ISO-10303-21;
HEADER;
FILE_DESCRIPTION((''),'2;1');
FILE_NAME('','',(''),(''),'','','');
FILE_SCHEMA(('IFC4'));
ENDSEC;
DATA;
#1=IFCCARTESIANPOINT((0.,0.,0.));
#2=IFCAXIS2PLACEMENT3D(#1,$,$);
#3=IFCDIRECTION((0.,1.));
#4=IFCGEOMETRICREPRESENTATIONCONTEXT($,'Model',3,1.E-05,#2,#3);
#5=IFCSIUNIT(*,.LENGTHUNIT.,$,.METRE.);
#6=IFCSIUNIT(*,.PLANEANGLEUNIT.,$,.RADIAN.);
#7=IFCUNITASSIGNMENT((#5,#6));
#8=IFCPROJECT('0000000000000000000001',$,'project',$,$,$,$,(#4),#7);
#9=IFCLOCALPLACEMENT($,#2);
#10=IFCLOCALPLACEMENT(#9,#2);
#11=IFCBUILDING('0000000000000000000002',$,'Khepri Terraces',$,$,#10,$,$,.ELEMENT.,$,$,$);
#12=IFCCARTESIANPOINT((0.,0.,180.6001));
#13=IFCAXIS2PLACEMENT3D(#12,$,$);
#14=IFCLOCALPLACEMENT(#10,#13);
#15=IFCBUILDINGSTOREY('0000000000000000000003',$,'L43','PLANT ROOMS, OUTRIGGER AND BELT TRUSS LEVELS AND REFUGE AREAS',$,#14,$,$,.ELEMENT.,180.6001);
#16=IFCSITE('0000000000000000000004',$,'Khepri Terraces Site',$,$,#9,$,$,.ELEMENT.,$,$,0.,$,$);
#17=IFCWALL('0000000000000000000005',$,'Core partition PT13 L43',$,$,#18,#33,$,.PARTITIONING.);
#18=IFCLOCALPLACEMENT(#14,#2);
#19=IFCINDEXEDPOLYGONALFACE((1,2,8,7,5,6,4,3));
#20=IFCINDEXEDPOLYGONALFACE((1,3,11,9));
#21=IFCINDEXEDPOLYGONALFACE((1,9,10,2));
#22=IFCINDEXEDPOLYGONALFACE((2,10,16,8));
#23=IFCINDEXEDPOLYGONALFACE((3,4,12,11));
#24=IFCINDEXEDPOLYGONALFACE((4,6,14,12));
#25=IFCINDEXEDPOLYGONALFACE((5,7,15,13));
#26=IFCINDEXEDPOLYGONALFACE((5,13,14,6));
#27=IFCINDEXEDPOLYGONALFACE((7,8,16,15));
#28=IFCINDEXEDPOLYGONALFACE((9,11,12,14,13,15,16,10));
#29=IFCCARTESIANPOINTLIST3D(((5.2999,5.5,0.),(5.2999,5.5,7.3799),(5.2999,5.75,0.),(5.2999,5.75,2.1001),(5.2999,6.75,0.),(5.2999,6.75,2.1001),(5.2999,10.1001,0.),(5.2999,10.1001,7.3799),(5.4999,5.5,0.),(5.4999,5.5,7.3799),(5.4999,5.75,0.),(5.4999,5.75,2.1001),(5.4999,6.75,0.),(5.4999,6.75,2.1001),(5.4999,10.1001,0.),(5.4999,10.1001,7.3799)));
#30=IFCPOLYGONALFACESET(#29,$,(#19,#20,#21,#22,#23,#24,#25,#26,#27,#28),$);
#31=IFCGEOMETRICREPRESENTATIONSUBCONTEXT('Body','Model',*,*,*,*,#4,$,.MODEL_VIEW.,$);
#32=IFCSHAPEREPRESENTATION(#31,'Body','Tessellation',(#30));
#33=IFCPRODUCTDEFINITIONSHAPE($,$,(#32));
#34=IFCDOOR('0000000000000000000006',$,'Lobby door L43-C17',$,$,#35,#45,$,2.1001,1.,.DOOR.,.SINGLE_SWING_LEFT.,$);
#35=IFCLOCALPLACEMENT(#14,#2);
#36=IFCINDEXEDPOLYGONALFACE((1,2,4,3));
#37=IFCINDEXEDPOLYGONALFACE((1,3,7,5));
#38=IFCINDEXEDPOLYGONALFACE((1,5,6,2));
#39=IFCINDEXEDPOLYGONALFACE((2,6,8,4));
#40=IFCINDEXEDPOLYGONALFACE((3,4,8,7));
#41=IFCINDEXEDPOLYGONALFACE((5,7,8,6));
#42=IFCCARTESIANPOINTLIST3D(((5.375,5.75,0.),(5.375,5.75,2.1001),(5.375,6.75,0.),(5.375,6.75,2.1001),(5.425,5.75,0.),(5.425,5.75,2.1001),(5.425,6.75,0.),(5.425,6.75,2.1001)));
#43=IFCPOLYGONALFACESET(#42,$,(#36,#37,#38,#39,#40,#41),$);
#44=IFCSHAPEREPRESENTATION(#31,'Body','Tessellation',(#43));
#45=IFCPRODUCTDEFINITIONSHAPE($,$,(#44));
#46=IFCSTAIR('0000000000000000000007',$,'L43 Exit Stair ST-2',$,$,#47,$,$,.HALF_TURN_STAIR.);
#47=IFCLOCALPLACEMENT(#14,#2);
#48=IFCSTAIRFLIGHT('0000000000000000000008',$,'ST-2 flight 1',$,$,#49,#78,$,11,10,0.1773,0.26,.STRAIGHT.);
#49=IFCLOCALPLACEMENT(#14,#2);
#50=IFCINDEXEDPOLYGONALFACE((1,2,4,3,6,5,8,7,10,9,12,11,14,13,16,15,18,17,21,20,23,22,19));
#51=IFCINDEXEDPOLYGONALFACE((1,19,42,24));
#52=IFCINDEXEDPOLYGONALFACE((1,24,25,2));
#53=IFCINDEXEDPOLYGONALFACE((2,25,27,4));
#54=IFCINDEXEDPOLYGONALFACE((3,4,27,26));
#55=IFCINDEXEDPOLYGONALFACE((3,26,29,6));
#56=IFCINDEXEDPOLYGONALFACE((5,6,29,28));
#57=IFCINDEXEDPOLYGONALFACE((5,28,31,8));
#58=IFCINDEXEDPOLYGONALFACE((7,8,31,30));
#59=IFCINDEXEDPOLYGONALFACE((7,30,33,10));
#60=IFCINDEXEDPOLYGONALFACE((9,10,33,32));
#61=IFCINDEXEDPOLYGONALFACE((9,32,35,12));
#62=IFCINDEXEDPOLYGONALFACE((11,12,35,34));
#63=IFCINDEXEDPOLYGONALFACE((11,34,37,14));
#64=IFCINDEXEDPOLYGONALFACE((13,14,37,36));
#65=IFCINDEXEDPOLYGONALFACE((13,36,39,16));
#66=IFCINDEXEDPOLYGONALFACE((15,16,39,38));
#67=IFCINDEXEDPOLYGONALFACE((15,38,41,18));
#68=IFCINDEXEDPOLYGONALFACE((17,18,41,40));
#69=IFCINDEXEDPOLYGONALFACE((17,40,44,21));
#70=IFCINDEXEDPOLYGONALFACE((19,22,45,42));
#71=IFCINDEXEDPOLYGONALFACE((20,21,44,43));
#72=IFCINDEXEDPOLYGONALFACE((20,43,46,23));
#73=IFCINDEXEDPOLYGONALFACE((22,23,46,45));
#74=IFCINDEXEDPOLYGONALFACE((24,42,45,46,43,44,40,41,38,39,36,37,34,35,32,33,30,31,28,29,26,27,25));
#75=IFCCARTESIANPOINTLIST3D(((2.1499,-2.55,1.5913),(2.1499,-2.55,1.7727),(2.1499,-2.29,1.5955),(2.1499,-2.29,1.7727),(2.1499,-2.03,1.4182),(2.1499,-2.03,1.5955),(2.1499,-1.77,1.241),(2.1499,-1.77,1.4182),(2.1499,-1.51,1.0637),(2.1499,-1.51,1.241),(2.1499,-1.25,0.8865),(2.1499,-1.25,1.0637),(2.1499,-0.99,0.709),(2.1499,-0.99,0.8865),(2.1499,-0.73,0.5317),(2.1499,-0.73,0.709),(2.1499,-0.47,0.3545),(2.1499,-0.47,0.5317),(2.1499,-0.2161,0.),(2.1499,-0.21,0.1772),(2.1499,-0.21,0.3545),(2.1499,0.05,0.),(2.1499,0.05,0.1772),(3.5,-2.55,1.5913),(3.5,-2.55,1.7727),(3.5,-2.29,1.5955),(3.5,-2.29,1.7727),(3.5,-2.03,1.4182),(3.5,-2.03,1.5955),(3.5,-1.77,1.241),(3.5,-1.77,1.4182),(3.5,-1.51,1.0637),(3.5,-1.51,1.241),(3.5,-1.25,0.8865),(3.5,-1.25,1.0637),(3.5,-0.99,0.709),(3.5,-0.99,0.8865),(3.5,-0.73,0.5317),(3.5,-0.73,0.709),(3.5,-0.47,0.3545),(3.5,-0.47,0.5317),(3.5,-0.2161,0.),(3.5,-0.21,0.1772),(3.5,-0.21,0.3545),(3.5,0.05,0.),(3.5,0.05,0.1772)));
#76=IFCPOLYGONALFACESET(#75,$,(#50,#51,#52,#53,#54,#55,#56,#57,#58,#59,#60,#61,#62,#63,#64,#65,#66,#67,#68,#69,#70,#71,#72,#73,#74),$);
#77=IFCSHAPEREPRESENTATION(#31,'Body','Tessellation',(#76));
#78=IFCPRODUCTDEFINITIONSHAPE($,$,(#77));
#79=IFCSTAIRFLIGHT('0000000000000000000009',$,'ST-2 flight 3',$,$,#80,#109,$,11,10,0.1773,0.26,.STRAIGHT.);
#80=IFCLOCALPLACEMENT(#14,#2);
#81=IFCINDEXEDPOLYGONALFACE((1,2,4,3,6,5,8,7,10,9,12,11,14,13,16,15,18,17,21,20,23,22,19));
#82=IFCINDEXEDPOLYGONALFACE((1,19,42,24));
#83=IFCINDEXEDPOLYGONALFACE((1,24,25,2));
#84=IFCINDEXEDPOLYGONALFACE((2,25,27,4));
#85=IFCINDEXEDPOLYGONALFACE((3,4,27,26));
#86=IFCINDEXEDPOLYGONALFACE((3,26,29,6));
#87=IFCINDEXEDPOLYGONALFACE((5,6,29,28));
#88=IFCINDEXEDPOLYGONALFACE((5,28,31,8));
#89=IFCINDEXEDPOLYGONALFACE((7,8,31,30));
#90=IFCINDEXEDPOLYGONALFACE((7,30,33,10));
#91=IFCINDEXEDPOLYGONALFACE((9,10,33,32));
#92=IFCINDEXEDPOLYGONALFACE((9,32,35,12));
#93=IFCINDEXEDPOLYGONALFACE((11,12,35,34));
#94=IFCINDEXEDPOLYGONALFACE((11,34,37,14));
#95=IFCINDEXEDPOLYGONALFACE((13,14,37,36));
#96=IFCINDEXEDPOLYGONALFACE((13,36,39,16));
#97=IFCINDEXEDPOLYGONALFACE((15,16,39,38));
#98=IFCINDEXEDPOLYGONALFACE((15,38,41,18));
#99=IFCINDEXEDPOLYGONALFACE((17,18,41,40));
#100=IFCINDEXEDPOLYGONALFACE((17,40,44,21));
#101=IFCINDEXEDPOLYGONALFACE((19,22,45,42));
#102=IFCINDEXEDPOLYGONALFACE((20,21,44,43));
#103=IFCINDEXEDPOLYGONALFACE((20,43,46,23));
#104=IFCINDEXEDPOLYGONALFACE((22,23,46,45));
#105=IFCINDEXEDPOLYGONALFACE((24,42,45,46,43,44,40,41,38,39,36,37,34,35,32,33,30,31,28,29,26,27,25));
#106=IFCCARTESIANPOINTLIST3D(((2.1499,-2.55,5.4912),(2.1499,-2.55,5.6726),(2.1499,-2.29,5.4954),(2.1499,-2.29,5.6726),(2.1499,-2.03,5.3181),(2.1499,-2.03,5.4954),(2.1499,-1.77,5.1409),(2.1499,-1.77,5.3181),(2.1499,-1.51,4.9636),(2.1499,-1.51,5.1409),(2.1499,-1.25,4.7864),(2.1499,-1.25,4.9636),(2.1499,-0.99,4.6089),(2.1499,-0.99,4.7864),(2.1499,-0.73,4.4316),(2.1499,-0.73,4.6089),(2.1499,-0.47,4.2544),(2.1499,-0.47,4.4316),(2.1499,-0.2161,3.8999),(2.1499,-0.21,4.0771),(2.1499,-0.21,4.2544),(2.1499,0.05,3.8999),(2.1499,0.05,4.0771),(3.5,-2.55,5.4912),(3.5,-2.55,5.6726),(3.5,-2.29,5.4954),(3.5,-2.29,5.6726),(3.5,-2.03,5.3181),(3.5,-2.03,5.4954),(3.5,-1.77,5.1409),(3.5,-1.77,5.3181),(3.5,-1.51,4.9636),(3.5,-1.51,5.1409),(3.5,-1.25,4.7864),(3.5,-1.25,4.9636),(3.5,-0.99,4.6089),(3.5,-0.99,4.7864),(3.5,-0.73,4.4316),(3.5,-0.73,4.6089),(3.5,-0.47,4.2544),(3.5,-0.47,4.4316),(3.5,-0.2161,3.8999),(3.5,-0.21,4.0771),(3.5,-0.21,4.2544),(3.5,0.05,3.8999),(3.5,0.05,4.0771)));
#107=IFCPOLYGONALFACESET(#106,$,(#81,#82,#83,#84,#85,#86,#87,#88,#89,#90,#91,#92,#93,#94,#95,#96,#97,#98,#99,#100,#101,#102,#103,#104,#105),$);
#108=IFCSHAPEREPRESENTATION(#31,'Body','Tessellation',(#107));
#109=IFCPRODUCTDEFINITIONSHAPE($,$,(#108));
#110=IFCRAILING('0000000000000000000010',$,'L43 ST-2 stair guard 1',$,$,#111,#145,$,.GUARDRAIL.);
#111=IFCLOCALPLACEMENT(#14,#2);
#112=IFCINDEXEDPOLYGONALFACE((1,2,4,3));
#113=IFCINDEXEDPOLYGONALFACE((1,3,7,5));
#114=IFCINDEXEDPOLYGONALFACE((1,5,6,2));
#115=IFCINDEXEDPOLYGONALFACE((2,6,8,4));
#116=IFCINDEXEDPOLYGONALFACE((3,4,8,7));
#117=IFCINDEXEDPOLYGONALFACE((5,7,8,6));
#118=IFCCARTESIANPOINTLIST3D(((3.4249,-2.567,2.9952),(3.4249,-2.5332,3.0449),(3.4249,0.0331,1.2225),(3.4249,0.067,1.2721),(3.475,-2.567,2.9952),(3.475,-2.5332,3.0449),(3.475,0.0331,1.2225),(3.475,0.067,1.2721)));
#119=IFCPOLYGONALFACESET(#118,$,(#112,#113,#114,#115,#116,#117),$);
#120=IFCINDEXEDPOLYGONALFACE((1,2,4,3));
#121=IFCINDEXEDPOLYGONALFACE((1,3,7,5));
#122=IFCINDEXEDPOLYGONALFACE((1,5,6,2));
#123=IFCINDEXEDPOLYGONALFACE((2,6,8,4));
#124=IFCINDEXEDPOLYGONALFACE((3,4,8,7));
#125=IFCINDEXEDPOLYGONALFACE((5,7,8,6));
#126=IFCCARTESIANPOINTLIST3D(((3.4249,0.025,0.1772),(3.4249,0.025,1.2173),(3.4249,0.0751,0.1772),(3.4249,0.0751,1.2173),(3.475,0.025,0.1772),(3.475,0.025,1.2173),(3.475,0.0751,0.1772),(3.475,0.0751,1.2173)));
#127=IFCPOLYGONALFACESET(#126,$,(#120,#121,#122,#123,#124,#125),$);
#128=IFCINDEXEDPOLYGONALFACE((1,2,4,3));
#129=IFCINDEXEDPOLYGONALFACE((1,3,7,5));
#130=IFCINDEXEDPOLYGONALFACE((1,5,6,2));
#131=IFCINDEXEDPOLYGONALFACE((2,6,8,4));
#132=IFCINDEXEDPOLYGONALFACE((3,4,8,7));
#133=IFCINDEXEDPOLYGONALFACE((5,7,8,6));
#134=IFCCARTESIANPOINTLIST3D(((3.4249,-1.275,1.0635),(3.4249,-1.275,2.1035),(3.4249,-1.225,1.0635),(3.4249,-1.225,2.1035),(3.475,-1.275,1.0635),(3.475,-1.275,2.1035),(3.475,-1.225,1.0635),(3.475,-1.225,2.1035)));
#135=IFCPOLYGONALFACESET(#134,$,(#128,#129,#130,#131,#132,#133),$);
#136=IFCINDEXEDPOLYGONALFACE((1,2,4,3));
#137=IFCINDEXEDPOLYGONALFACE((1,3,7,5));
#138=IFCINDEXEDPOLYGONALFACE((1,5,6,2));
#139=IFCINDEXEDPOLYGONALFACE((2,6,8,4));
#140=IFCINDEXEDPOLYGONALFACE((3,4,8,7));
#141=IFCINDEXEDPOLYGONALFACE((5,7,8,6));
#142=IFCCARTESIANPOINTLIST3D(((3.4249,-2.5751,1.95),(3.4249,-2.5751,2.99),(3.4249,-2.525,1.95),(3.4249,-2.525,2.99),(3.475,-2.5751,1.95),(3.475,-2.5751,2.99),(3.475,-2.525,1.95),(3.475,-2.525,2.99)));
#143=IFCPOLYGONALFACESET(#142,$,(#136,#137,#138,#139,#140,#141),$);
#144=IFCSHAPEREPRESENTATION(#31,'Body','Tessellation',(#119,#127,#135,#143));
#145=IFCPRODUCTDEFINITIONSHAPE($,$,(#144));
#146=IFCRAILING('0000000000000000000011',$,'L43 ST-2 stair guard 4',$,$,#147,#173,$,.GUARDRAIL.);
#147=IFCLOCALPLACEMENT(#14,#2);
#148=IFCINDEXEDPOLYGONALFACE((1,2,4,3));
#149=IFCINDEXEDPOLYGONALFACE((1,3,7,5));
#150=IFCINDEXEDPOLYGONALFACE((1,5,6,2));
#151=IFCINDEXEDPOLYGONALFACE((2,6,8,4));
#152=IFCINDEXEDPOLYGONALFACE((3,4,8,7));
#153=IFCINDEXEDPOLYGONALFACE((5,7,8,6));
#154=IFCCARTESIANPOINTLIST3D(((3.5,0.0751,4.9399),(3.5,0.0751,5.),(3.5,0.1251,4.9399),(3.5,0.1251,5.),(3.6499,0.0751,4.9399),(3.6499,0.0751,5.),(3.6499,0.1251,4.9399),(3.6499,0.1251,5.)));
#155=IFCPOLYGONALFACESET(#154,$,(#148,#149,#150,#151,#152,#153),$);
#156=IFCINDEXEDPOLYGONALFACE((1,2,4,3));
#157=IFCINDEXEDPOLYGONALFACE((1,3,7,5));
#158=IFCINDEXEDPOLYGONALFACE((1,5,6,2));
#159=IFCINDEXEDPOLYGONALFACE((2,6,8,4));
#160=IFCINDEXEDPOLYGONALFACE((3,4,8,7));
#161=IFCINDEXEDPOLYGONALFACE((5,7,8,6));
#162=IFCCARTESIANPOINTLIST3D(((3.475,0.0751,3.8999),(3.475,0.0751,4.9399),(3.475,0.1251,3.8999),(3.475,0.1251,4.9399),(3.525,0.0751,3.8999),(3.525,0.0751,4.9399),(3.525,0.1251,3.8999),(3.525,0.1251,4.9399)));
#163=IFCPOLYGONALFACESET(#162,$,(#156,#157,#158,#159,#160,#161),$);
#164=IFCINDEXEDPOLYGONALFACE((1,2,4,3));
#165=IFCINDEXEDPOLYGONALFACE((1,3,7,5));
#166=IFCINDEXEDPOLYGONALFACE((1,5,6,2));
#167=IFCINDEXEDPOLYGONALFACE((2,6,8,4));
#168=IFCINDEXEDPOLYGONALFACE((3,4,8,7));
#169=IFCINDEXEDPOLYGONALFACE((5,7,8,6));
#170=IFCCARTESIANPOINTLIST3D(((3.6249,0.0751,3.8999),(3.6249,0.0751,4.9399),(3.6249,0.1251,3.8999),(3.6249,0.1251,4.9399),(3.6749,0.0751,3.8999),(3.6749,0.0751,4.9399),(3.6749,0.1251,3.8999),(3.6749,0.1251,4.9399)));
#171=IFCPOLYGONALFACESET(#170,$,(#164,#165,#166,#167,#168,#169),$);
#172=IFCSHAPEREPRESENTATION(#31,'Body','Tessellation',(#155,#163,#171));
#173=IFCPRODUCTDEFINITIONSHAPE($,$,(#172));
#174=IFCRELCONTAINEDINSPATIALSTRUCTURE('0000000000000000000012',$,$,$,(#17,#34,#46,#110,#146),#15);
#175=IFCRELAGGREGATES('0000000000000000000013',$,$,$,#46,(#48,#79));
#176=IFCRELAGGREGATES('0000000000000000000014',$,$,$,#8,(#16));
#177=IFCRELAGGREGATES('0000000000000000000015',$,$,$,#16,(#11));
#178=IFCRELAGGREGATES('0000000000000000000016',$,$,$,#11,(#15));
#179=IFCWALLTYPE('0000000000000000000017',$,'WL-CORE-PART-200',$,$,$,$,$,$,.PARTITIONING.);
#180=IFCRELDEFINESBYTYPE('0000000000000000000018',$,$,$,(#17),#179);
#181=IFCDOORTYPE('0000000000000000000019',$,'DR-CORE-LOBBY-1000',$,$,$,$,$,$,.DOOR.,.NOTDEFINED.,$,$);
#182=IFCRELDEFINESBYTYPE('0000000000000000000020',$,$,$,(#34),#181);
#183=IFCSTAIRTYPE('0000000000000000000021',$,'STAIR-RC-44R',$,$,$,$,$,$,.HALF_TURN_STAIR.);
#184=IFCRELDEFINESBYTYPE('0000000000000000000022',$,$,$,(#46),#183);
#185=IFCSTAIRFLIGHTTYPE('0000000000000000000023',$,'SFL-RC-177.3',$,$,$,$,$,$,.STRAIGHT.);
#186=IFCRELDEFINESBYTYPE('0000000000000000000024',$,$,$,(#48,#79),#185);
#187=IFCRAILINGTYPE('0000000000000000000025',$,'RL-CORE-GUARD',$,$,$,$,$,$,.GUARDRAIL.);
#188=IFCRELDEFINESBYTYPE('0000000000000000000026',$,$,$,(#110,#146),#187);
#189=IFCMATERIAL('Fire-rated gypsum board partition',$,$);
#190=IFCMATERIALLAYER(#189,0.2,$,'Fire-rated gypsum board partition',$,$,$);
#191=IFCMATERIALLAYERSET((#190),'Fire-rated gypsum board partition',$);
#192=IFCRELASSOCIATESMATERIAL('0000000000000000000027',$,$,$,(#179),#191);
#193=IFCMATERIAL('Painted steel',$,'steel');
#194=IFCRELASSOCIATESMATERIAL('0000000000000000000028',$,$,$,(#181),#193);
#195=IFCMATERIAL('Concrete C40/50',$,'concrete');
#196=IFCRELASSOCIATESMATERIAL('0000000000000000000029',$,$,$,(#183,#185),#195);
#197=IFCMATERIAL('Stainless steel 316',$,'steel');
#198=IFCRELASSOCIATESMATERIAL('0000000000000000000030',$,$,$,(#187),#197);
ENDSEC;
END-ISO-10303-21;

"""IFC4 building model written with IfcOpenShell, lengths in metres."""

from ifc_helpers import new_model, si_unit, direction, frame, frame_2d, origin, origin_2d, place, context, subcontext, project, spatial, polyline, rectangle, outline, extrude, material, layer, layer_set, type_object, element, fill, aggregate, save


model = new_model("IFC4")

# Units and contexts
model_context = context("Model", 3, precision=1e-05, world=origin(), true_north=direction((0.0, 1.0)))
body_context = subcontext(model_context, "Body", "Model", "MODEL_VIEW")
ifc_project = project(units=[si_unit("LENGTHUNIT", "METRE"), si_unit("PLANEANGLEUNIT", "RADIAN")], contexts=[model_context])

# Site, building, storey
site_placement = place(None, origin())
site = spatial("IfcSite", under=ifc_project, at=site_placement, Name="Khepri Terraces Site", CompositionType="ELEMENT", RefElevation=0.0)
building_placement = place(site_placement, origin())
building = spatial("IfcBuilding", under=site, at=building_placement, Name="Khepri Terraces", CompositionType="ELEMENT")
storey_placement = place(building_placement, frame((0.0, 0.0, 180.6001)))
storey = spatial("IfcBuildingStorey", under=building, at=storey_placement, Name="L43", Description="PLANT ROOMS, OUTRIGGER AND BELT TRUSS LEVELS AND REFUGE AREAS", CompositionType="ELEMENT", Elevation=180.6001)

# Shared definitions
ifc_material_1 = material(Name="Painted steel", Category="steel")

# Wall, opening, door
ifc_material_2 = material(Name="Fire-rated gypsum board partition")
ifc_layer_1 = layer(ifc_material_2, 0.2, Name="Fire-rated gypsum board partition")
ifc_layer_set_1 = layer_set([ifc_layer_1], Name="Fire-rated gypsum board partition")
wall_type_1 = type_object("IfcWallType", Name="WL-CORE-PART-200", PredefinedType="PARTITIONING", material=ifc_layer_set_1)
wall_1_placement = place(storey_placement, frame((5.3999, 5.5, 0.0), z_axis=(0.0, 0.0, 1.0), x_axis=(0.0, 1.0, 0.0)))
wall_1 = element("IfcWall", 1, at=wall_1_placement, inside=storey, type_object=wall_type_1, Name="Core partition PT13 L43", PredefinedType="PARTITIONING", context=body_context, shape_type="SweptSolid", body=[
    extrude(rectangle(XDim=4.6001, YDim=0.2, at=frame_2d((2.3, 0.0))), origin(), (0.0, 0.0, 1.0), 7.3799),
])
opening_1_placement = place(wall_1_placement, frame((0.25, 0.0, 0.0)))
opening_1 = element("IfcOpeningElement", 2, at=opening_1_placement, cuts=wall_1, PredefinedType="OPENING", context=body_context, shape_type="SweptSolid", body=[
    extrude(rectangle(XDim=1.0, YDim=2.1001, at=frame_2d((0.5, 1.05))), frame((0.0, 0.1099, 0.0), z_axis=(0.0, -1.0, 0.0), x_axis=(1.0, 0.0, 0.0)), (0.0, 0.0, 1.0), 0.22),
])
door_type_1 = type_object("IfcDoorType", Name="DR-CORE-LOBBY-1000", OperationType="NOTDEFINED", PredefinedType="DOOR", material=ifc_material_1)
door_1_placement = place(opening_1_placement, origin())
door_1 = element("IfcDoor", 3, at=door_1_placement, inside=storey, type_object=door_type_1, Name="Lobby door L43-C17", OperationType="SINGLE_SWING_LEFT", OverallHeight=2.1001, OverallWidth=1.0, PredefinedType="DOOR", context=body_context, shape_type="SweptSolid", body=[
    extrude(rectangle(XDim=1.0, YDim=2.1001, at=frame_2d((0.5, 1.05))), frame((0.0, 0.0249, 0.0), z_axis=(0.0, -1.0, 0.0), x_axis=(1.0, 0.0, 0.0)), (0.0, 0.0, 1.0), 0.05),
])
fill(opening_1, door_1)

# Stair, stair flights
ifc_material_3 = material(Name="Concrete C40/50", Category="concrete")
stair_type = type_object("IfcStairType", Name="STAIR-RC-44R", PredefinedType="HALF_TURN_STAIR", material=ifc_material_3)
stair_placement = place(storey_placement, origin())
stair = element("IfcStair", 4, at=stair_placement, inside=storey, type_object=stair_type, Name="L43 Exit Stair ST-2", PredefinedType="HALF_TURN_STAIR")
stair_flight_type = type_object("IfcStairFlightType", Name="SFL-RC-177.3", PredefinedType="STRAIGHT", material=ifc_material_3)
stair_flight_1_placement = place(storey_placement, frame((2.825, 0.05, 0.0), z_axis=(0.0, 0.0, 1.0), x_axis=(0.0, -1.0, 0.0)))
stair_flight_1 = element("IfcStairFlight", 5, at=stair_flight_1_placement, type_object=stair_flight_type, Name="ST-2 flight 1", NumberOfRisers=11, NumberOfTreads=10, PredefinedType="STRAIGHT", RiserHeight=0.1773, TreadLength=0.26, context=body_context, shape_type="SweptSolid", body=[
    extrude(outline(polyline([(0.0, 0.0), (0.0, 0.1772), (0.26, 0.1772), (0.26, 0.3545), (0.52, 0.3545), (0.52, 0.5317), (0.78, 0.5317), (0.78, 0.709), (1.04, 0.709), (1.04, 0.8865), (1.3, 0.8865), (1.3, 1.0637), (1.5601, 1.0637), (1.5601, 1.241), (1.8201, 1.241), (1.8201, 1.4182), (2.0801, 1.4182), (2.0801, 1.5955), (2.3401, 1.5955), (2.3401, 1.7727), (2.6001, 1.7727), (2.6001, 1.95), (2.6001, 1.5913), (0.2661, 0.0), (0.0, 0.0)])), frame((0.0, 0.675, 0.0), z_axis=(0.0, -1.0, 0.0), x_axis=(1.0, 0.0, 0.0)), (0.0, 0.0, 1.0), 1.3501),
])
stair_flight_2_placement = place(storey_placement, frame((2.825, 0.05, 3.8999), z_axis=(0.0, 0.0, 1.0), x_axis=(0.0, -1.0, 0.0)))
stair_flight_2 = element("IfcStairFlight", 6, at=stair_flight_2_placement, type_object=stair_flight_type, Name="ST-2 flight 3", NumberOfRisers=11, NumberOfTreads=10, PredefinedType="STRAIGHT", RiserHeight=0.1773, TreadLength=0.26, context=body_context, shape_type="SweptSolid", body=[
    extrude(outline(polyline([(0.0, 0.0), (0.0, 0.1772), (0.26, 0.1772), (0.26, 0.3545), (0.52, 0.3545), (0.52, 0.5317), (0.78, 0.5317), (0.78, 0.709), (1.04, 0.709), (1.04, 0.8865), (1.3, 0.8865), (1.3, 1.0637), (1.5601, 1.0637), (1.5601, 1.241), (1.8201, 1.241), (1.8201, 1.4182), (2.0801, 1.4182), (2.0801, 1.5955), (2.3401, 1.5955), (2.3401, 1.7727), (2.6001, 1.7727), (2.6001, 1.95), (2.6001, 1.5913), (0.2661, 0.0), (0.0, 0.0)])), frame((0.0, 0.675, 0.0), z_axis=(0.0, -1.0, 0.0), x_axis=(1.0, 0.0, 0.0)), (0.0, 0.0, 1.0), 1.3501),
])
aggregate(stair, [stair_flight_1, stair_flight_2])

# Railings
ifc_material_4 = material(Name="Stainless steel 316", Category="steel")
railing_type_1 = type_object("IfcRailingType", Name="RL-CORE-GUARD", PredefinedType="GUARDRAIL", material=ifc_material_4)
railing_1_placement = place(storey_placement, frame((3.45, 0.05, 0.1772)))
element("IfcRailing", 7, at=railing_1_placement, inside=storey, type_object=railing_type_1, Name="L43 ST-2 stair guard 1", PredefinedType="GUARDRAIL", context=body_context, shape_type="SweptSolid", body=[
    extrude(rectangle(XDim=0.05, YDim=0.0601, at=origin_2d()), frame((0.0, 0.0, 1.0701), z_axis=(0.0, -0.82624, 0.563318), x_axis=(1.0, 0.0, 0.0)), (0.0, 0.0, 1.0), 3.147),
    extrude(rectangle(XDim=0.05, YDim=0.05, at=origin_2d()), origin(), (0.0, 0.0, 1.0), 1.04),
    extrude(rectangle(XDim=0.05, YDim=0.05, at=origin_2d()), frame((0.0, -1.3, 0.8862)), (0.0, 0.0, 1.0), 1.04),
    extrude(rectangle(XDim=0.05, YDim=0.05, at=origin_2d()), frame((0.0, -2.6001, 1.7727)), (0.0, 0.0, 1.0), 1.04),
])
railing_2_placement = place(storey_placement, frame((3.5, 0.1001, 3.8999)))
element("IfcRailing", 8, at=railing_2_placement, inside=storey, type_object=railing_type_1, Name="L43 ST-2 stair guard 4", PredefinedType="GUARDRAIL", context=body_context, shape_type="SweptSolid", body=[
    extrude(rectangle(XDim=0.05, YDim=0.0601, at=origin_2d()), frame((0.0, 0.0, 1.0701), z_axis=(1.0, 0.0, 0.0), x_axis=(0.0, 1.0, 0.0)), (0.0, 0.0, 1.0), 0.1499),
    extrude(rectangle(XDim=0.05, YDim=0.05, at=origin_2d()), origin(), (0.0, 0.0, 1.0), 1.04),
    extrude(rectangle(XDim=0.05, YDim=0.05, at=origin_2d()), frame((0.1499, 0.0, 0.0)), (0.0, 0.0, 1.0), 1.04),
])

save(model, "model.ifc")
